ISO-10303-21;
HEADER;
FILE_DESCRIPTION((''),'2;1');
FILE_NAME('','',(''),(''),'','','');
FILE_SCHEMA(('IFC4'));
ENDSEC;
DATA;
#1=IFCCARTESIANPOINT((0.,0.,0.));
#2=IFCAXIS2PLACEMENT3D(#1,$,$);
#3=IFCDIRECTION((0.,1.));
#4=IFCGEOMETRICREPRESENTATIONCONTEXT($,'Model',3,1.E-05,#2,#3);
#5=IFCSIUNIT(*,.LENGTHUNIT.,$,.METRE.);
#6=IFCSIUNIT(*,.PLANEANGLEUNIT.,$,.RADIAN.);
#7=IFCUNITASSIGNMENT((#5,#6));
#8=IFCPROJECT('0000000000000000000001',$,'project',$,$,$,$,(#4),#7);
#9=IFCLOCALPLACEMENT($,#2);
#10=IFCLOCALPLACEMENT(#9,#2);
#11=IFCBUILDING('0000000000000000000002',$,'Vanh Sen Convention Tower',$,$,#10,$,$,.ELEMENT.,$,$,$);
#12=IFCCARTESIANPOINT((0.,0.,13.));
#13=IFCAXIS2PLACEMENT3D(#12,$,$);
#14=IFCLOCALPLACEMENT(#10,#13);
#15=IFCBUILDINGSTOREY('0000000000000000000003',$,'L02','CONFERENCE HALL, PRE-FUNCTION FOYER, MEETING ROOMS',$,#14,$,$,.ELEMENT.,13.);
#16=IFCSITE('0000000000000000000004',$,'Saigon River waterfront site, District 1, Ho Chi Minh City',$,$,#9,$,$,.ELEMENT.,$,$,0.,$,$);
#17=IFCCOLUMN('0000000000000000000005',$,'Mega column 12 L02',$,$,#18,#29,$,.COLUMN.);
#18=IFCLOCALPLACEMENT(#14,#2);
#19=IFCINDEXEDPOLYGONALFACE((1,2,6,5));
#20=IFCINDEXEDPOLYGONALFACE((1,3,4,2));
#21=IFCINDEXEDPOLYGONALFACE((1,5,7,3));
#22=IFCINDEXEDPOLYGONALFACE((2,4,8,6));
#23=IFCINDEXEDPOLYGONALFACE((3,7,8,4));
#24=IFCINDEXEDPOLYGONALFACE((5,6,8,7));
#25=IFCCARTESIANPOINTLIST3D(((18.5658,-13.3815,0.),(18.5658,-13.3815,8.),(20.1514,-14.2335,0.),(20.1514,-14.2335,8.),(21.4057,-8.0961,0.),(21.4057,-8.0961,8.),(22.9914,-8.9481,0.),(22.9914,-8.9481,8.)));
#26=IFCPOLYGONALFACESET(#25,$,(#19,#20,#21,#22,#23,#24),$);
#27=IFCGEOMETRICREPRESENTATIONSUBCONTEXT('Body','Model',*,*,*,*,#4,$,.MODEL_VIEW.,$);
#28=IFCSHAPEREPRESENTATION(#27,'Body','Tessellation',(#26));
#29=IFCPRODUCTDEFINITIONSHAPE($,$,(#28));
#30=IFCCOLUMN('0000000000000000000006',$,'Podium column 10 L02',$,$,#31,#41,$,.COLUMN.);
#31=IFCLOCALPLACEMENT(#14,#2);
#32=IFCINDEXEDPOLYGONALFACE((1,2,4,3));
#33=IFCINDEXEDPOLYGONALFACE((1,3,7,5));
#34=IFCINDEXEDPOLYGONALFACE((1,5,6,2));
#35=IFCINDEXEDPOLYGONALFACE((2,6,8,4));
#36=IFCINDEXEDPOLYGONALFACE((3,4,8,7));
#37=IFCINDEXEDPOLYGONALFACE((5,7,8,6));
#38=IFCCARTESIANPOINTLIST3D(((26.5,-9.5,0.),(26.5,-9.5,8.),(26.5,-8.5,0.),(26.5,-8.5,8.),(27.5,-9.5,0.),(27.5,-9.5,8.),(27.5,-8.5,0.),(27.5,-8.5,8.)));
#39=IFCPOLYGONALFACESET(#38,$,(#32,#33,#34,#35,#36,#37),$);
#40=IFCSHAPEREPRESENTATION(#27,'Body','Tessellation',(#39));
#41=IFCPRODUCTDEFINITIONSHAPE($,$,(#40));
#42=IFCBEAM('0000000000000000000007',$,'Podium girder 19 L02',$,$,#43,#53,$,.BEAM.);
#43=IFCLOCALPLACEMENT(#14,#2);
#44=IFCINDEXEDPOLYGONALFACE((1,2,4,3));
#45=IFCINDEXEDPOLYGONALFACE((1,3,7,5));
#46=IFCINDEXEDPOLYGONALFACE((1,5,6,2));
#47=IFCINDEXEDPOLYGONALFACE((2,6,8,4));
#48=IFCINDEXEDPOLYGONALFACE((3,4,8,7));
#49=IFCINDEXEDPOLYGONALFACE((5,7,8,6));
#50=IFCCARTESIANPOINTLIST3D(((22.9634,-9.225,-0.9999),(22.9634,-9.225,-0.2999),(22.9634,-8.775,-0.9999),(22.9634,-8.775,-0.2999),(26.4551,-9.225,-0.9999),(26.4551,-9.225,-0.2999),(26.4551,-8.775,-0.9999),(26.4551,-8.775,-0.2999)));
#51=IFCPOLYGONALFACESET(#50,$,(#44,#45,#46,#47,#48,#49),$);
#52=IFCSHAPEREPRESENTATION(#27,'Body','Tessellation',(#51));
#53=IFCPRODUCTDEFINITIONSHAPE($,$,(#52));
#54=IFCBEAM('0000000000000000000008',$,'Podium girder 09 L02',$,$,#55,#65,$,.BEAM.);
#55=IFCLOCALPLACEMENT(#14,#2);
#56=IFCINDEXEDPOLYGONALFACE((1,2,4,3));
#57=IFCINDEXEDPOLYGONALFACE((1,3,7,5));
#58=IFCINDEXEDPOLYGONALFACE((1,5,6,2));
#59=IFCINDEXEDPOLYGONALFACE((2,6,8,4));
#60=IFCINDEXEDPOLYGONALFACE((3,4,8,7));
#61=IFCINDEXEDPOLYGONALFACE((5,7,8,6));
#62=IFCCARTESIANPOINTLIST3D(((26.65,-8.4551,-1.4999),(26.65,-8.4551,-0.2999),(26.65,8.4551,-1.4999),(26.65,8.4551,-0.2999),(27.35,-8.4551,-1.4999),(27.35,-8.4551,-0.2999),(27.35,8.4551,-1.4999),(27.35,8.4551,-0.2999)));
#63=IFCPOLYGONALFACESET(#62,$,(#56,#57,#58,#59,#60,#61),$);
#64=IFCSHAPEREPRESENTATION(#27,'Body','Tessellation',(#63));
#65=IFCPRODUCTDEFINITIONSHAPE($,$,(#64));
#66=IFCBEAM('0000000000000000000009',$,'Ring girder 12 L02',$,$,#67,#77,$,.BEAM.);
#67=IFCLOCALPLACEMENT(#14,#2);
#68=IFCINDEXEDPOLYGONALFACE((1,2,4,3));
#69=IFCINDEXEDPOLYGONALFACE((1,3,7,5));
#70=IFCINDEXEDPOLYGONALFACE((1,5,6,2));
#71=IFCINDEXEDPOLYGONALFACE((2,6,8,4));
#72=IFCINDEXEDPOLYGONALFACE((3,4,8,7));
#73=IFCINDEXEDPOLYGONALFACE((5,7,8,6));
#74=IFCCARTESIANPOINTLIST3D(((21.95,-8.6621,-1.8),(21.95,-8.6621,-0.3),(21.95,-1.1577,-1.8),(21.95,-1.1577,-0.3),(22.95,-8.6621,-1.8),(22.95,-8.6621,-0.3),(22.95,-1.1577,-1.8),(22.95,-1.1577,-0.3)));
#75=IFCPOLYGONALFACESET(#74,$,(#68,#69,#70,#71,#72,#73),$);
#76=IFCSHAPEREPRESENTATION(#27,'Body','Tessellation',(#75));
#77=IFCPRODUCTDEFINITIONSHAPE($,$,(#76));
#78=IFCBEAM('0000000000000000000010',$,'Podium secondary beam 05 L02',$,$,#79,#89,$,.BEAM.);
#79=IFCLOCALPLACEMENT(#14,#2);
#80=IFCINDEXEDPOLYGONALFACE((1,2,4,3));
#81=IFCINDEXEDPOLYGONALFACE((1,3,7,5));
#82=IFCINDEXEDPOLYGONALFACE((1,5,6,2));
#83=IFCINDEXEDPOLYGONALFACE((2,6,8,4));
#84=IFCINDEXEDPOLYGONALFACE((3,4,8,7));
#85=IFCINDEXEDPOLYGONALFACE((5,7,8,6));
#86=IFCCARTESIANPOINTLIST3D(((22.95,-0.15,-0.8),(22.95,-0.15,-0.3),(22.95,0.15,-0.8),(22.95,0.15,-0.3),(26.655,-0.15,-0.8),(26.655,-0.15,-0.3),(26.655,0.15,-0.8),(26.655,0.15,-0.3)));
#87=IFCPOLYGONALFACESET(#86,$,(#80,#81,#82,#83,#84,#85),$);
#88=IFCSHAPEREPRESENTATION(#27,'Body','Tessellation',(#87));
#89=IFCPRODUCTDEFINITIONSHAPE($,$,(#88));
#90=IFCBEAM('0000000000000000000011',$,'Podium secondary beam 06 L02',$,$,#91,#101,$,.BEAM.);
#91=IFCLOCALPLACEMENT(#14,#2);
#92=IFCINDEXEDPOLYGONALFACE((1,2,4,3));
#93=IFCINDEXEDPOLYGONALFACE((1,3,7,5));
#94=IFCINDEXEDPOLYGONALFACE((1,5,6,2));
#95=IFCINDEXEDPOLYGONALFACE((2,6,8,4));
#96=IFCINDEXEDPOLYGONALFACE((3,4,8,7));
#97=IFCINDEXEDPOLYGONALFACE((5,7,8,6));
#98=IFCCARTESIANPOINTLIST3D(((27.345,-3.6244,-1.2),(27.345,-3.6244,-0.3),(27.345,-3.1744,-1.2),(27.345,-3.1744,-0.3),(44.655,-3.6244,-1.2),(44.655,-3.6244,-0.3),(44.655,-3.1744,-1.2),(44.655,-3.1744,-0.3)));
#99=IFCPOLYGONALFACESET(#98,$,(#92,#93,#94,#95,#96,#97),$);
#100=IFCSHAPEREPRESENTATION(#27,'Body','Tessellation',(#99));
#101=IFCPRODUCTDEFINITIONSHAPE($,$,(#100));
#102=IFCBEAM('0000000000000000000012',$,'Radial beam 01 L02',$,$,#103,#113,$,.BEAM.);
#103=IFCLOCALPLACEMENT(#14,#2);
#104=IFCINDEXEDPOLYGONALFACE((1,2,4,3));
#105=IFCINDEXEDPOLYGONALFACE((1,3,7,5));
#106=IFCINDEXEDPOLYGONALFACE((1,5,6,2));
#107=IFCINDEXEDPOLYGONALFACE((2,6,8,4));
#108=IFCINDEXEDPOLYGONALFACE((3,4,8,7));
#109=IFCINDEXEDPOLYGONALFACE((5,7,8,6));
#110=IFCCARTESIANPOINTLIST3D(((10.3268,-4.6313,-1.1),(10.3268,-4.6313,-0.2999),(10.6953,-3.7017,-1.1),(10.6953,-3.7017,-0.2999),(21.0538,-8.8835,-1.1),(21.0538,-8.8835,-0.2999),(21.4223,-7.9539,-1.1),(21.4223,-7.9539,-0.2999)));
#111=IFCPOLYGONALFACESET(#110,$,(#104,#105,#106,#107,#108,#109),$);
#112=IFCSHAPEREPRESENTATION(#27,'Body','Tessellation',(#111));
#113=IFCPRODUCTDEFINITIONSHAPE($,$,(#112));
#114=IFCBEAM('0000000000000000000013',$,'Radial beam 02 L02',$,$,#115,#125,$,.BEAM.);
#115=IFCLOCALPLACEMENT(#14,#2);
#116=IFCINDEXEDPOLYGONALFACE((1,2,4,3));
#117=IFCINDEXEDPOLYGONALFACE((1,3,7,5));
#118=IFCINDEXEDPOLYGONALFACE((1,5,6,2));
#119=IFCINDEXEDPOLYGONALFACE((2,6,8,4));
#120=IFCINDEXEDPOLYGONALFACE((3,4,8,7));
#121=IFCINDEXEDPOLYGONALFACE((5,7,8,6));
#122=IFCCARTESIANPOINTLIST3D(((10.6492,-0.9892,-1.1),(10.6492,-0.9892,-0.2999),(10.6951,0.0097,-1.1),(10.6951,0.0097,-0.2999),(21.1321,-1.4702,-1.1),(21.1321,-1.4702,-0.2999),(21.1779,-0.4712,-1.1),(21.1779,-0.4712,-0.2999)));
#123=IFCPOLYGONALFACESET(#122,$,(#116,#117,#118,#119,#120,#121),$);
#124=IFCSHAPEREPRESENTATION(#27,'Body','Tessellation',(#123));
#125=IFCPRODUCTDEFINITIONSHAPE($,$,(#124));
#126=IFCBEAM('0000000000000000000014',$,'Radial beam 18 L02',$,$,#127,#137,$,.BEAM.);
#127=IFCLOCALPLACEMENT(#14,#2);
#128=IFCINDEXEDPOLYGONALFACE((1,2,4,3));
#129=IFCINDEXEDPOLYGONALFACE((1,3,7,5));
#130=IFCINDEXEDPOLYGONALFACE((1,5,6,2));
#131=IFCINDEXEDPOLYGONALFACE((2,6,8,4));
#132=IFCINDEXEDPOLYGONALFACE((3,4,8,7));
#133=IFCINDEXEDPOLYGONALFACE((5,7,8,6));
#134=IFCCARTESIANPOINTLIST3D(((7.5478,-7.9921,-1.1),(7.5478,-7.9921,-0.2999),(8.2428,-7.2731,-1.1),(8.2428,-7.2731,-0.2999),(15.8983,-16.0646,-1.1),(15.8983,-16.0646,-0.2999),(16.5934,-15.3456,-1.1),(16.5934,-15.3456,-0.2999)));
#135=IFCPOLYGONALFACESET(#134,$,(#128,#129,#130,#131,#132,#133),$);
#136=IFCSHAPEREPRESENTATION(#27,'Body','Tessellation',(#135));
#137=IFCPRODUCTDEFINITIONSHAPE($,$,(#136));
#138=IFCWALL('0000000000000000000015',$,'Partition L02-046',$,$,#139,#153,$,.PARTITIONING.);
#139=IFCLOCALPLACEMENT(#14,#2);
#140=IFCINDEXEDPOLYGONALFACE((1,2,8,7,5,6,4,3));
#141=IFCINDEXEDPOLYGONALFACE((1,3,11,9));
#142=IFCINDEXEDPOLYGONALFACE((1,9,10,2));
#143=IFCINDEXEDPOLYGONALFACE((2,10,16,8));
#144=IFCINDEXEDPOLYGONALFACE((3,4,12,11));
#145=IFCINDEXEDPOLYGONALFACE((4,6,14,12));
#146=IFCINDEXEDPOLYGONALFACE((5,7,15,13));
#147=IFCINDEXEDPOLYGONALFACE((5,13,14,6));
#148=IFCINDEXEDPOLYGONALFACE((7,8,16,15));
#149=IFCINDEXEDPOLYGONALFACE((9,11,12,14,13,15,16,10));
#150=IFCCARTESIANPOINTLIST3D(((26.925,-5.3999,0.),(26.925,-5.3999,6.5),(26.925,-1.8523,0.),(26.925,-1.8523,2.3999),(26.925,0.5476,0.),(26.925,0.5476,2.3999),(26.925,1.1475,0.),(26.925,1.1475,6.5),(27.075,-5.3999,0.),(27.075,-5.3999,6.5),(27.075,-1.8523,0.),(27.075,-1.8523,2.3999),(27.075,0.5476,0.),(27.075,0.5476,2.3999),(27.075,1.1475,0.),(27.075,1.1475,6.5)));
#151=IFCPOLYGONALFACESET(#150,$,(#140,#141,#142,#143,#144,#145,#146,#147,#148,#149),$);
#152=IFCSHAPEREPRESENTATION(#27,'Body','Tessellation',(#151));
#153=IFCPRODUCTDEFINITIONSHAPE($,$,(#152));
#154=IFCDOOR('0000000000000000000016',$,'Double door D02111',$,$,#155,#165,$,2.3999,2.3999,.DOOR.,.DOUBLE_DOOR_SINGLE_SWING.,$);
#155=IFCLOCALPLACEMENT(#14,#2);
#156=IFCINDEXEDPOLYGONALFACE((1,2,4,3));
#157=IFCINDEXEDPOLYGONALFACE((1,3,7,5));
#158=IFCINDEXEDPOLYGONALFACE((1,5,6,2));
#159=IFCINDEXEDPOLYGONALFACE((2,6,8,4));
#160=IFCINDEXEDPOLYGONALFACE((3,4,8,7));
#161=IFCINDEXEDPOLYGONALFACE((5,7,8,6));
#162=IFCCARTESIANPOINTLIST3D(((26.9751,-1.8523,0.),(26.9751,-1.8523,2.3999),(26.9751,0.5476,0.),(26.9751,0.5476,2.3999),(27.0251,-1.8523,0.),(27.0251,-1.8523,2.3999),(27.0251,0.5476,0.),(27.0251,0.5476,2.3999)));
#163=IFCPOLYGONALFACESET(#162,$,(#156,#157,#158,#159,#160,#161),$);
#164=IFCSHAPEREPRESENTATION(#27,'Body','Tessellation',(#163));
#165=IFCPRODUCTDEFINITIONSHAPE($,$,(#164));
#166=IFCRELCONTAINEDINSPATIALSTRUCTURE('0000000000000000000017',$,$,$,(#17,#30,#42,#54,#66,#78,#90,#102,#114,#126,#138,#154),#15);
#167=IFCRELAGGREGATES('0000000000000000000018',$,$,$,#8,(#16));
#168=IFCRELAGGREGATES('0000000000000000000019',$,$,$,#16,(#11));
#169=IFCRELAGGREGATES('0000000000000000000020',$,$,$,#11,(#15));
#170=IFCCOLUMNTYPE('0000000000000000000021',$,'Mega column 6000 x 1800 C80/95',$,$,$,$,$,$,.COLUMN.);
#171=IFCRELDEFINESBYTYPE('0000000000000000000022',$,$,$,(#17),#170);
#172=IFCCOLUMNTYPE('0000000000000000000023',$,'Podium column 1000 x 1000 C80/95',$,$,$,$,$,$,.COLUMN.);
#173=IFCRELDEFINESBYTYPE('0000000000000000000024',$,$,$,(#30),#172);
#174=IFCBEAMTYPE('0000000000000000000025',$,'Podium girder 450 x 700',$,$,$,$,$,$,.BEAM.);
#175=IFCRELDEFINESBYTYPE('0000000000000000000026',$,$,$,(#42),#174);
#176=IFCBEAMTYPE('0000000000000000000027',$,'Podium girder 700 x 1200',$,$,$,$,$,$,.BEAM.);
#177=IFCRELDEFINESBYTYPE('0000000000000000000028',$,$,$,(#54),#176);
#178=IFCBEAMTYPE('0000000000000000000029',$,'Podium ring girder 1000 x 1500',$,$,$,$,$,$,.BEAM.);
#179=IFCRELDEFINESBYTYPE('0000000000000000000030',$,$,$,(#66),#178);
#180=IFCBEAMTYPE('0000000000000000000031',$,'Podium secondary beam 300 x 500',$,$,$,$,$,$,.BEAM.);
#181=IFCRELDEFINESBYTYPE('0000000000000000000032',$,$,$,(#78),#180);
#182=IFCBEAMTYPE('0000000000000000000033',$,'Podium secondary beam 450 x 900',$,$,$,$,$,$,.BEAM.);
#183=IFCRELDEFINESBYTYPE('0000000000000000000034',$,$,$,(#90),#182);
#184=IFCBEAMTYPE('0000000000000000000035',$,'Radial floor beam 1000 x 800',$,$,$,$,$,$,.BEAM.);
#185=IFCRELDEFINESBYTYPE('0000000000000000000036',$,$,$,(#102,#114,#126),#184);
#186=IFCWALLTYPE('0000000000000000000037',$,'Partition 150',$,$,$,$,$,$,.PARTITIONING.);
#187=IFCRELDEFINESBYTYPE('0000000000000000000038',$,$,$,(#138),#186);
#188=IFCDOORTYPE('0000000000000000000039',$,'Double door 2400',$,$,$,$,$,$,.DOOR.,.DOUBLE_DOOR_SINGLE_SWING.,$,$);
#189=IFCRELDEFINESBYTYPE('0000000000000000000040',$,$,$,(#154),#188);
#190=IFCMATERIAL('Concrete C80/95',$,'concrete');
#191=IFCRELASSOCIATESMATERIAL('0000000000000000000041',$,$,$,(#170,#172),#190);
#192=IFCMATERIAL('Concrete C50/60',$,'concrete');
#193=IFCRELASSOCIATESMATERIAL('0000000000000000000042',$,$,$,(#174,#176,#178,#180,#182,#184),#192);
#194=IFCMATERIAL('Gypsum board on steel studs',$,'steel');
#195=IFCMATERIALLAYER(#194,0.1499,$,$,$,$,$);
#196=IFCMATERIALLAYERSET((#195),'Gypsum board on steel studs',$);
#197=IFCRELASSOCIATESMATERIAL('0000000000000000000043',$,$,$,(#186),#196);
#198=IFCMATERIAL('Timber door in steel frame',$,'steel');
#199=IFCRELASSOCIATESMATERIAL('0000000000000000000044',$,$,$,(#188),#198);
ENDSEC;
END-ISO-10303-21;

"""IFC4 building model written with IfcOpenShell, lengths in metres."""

from ifc_helpers import new_model, si_unit, direction, frame, frame_2d, origin, origin_2d, place, context, subcontext, project, spatial, rectangle, extrude, material, layer, layer_set, material_profile, profile_set, type_object, element, fill, save


model = new_model("IFC4")

# Units and contexts
model_context = context("Model", 3, precision=1e-05, world=origin(), true_north=direction((0.0, 1.0)))
body_context = subcontext(model_context, "Body", "Model", "MODEL_VIEW")
ifc_project = project(units=[si_unit("LENGTHUNIT", "METRE"), si_unit("PLANEANGLEUNIT", "RADIAN")], contexts=[model_context])

# Site, building, storey
site_placement = place(None, origin())
site = spatial("IfcSite", under=ifc_project, at=site_placement, Name="Saigon River waterfront site, District 1, Ho Chi Minh City", CompositionType="ELEMENT", RefElevation=0.0)
building_placement = place(site_placement, origin())
building = spatial("IfcBuilding", under=site, at=building_placement, Name="Vanh Sen Convention Tower", CompositionType="ELEMENT")
storey_placement = place(building_placement, frame((0.0, 0.0, 13.0)))
storey = spatial("IfcBuildingStorey", under=building, at=storey_placement, Name="L02", Description="CONFERENCE HALL, PRE-FUNCTION FOYER, MEETING ROOMS", CompositionType="ELEMENT", Elevation=13.0)

# Columns
ifc_material_1 = material(Name="Concrete C80/95", Category="concrete")
ifc_material_profile_1 = material_profile(ifc_material_1, rectangle(XDim=6.0, YDim=1.8, at=origin_2d()), Name="RC 6000X1800")
ifc_profile_set_1 = profile_set([ifc_material_profile_1], Name="Concrete C80/95")
column_type_1 = type_object("IfcColumnType", Name="Mega column 6000 x 1800 C80/95", PredefinedType="COLUMN", material=ifc_profile_set_1)
column_1_placement = place(storey_placement, frame((20.7786, -11.1648, 0.0), z_axis=(0.0, 0.0, 1.0), x_axis=(0.473323, 0.880889, 0.0)))
element("IfcColumn", 1, at=column_1_placement, inside=storey, type_object=column_type_1, Name="Mega column 12 L02", PredefinedType="COLUMN", context=body_context, shape_type="SweptSolid", body=[
    extrude(rectangle(XDim=6.0, YDim=1.8, at=origin_2d()), origin(), (0.0, 0.0, 1.0), 8.0),
])
ifc_material_profile_2 = material_profile(ifc_material_1, rectangle(XDim=1.0, YDim=1.0, at=origin_2d()), Name="RC 1000X1000")
ifc_profile_set_2 = profile_set([ifc_material_profile_2], Name="Concrete C80/95")
column_type_2 = type_object("IfcColumnType", Name="Podium column 1000 x 1000 C80/95", PredefinedType="COLUMN", material=ifc_profile_set_2)
column_2_placement = place(storey_placement, frame((27.0, -9.0, 0.0), z_axis=(0.0, 0.0, 1.0), x_axis=(1.0, 0.0, 0.0)))
element("IfcColumn", 2, at=column_2_placement, inside=storey, type_object=column_type_2, Name="Podium column 10 L02", PredefinedType="COLUMN", context=body_context, shape_type="SweptSolid", body=[
    extrude(rectangle(XDim=1.0, YDim=1.0, at=origin_2d()), origin(), (0.0, 0.0, 1.0), 8.0),
])

# Beams
ifc_material_2 = material(Name="Concrete C50/60", Category="concrete")
ifc_material_profile_3 = material_profile(ifc_material_2, rectangle(XDim=0.45, YDim=0.7, at=origin_2d()), Name="RC 450X700")
ifc_profile_set_3 = profile_set([ifc_material_profile_3], Name="Concrete C50/60")
beam_type_1 = type_object("IfcBeamType", Name="Podium girder 450 x 700", PredefinedType="BEAM", material=ifc_profile_set_3)
beam_1_placement = place(storey_placement, frame((22.9634, -9.0, -0.6499), z_axis=(1.0, 0.0, 0.0), x_axis=(0.0, 1.0, 0.0)))
element("IfcBeam", 3, at=beam_1_placement, inside=storey, type_object=beam_type_1, Name="Podium girder 19 L02", PredefinedType="BEAM", context=body_context, shape_type="SweptSolid", body=[
    extrude(rectangle(XDim=0.45, YDim=0.7, at=origin_2d()), origin(), (0.0, 0.0, 1.0), 3.4917),
])
ifc_material_profile_4 = material_profile(ifc_material_2, rectangle(XDim=0.7, YDim=1.2, at=origin_2d()), Name="RC 700X1200")
ifc_profile_set_4 = profile_set([ifc_material_profile_4], Name="Concrete C50/60")
beam_type_2 = type_object("IfcBeamType", Name="Podium girder 700 x 1200", PredefinedType="BEAM", material=ifc_profile_set_4)
beam_2_placement = place(storey_placement, frame((27.0, -8.4551, -0.8999), z_axis=(0.0, 1.0, 0.0), x_axis=(-1.0, 0.0, 0.0)))
element("IfcBeam", 4, at=beam_2_placement, inside=storey, type_object=beam_type_2, Name="Podium girder 09 L02", PredefinedType="BEAM", context=body_context, shape_type="SweptSolid", body=[
    extrude(rectangle(XDim=0.7, YDim=1.2, at=origin_2d()), origin(), (0.0, 0.0, 1.0), 16.9102),
])
ifc_material_profile_5 = material_profile(ifc_material_2, rectangle(XDim=1.0, YDim=1.5, at=origin_2d()), Name="RC 1000X1500")
ifc_profile_set_5 = profile_set([ifc_material_profile_5], Name="Concrete C50/60")
beam_type_3 = type_object("IfcBeamType", Name="Podium ring girder 1000 x 1500", PredefinedType="BEAM", material=ifc_profile_set_5)
beam_3_placement = place(storey_placement, frame((22.45, -8.6621, -1.05), z_axis=(0.0, 1.0, 0.0), x_axis=(-1.0, 0.0, 0.0)))
element("IfcBeam", 5, at=beam_3_placement, inside=storey, type_object=beam_type_3, Name="Ring girder 12 L02", PredefinedType="BEAM", context=body_context, shape_type="SweptSolid", body=[
    extrude(rectangle(XDim=1.0, YDim=1.5, at=origin_2d()), origin(), (0.0, 0.0, 1.0), 7.5044),
])
ifc_material_profile_6 = material_profile(ifc_material_2, rectangle(XDim=0.3, YDim=0.5, at=origin_2d()), Name="RC 300X500")
ifc_profile_set_6 = profile_set([ifc_material_profile_6], Name="Concrete C50/60")
beam_type_4 = type_object("IfcBeamType", Name="Podium secondary beam 300 x 500", PredefinedType="BEAM", material=ifc_profile_set_6)
beam_4_placement = place(storey_placement, frame((22.95, 0.0, -0.55), z_axis=(1.0, 0.0, 0.0), x_axis=(0.0, 1.0, 0.0)))
element("IfcBeam", 6, at=beam_4_placement, inside=storey, type_object=beam_type_4, Name="Podium secondary beam 05 L02", PredefinedType="BEAM", context=body_context, shape_type="SweptSolid", body=[
    extrude(rectangle(XDim=0.3, YDim=0.5, at=origin_2d()), origin(), (0.0, 0.0, 1.0), 3.7051),
])
ifc_material_profile_7 = material_profile(ifc_material_2, rectangle(XDim=0.45, YDim=0.8999, at=origin_2d()), Name="RC 450X900")
ifc_profile_set_7 = profile_set([ifc_material_profile_7], Name="Concrete C50/60")
beam_type_5 = type_object("IfcBeamType", Name="Podium secondary beam 450 x 900", PredefinedType="BEAM", material=ifc_profile_set_7)
beam_5_placement = place(storey_placement, frame((27.345, -3.3994, -0.75), z_axis=(1.0, 0.0, 0.0), x_axis=(0.0, 1.0, 0.0)))
element("IfcBeam", 7, at=beam_5_placement, inside=storey, type_object=beam_type_5, Name="Podium secondary beam 06 L02", PredefinedType="BEAM", context=body_context, shape_type="SweptSolid", body=[
    extrude(rectangle(XDim=0.45, YDim=0.8999, at=origin_2d()), origin(), (0.0, 0.0, 1.0), 17.3101),
])
ifc_material_profile_8 = material_profile(ifc_material_2, rectangle(XDim=1.0, YDim=0.8, at=origin_2d()), Name="RC 1000X800")
ifc_profile_set_8 = profile_set([ifc_material_profile_8], Name="Concrete C50/60")
beam_type_6 = type_object("IfcBeamType", Name="Radial floor beam 1000 x 800", PredefinedType="BEAM", material=ifc_profile_set_8)
beam_6_placement = place(storey_placement, frame((21.238, -8.4187, -0.7), z_axis=(-0.929626, 0.368503, 0.0), x_axis=(-0.368503, -0.929626, 0.0)))
element("IfcBeam", 8, at=beam_6_placement, inside=storey, type_object=beam_type_6, Name="Radial beam 01 L02", PredefinedType="BEAM", context=body_context, shape_type="SweptSolid", body=[
    extrude(rectangle(XDim=1.0, YDim=0.8, at=origin_2d()), origin(), (0.0, 0.0, 1.0), 11.5391),
])
beam_7_placement = place(storey_placement, frame((21.155, -0.9707, -0.7), z_axis=(-0.998949, 0.045832, 0.0), x_axis=(-0.045832, -0.998949, 0.0)))
element("IfcBeam", 9, at=beam_7_placement, inside=storey, type_object=beam_type_6, Name="Radial beam 02 L02", PredefinedType="BEAM", context=body_context, shape_type="SweptSolid", body=[
    extrude(rectangle(XDim=1.0, YDim=0.8, at=origin_2d()), origin(), (0.0, 0.0, 1.0), 10.4939),
])
beam_8_placement = place(storey_placement, frame((16.2458, -15.7051, -0.7), z_axis=(-0.718976, 0.695034, 0.0), x_axis=(-0.695034, -0.718976, 0.0)))
element("IfcBeam", 10, at=beam_8_placement, inside=storey, type_object=beam_type_6, Name="Radial beam 18 L02", PredefinedType="BEAM", context=body_context, shape_type="SweptSolid", body=[
    extrude(rectangle(XDim=1.0, YDim=0.8, at=origin_2d()), origin(), (0.0, 0.0, 1.0), 11.6145),
])

# Wall, opening, door
ifc_material_3 = material(Name="Gypsum board on steel studs", Category="steel")
ifc_layer_1 = layer(ifc_material_3, 0.1499)
ifc_layer_set_1 = layer_set([ifc_layer_1], Name="Gypsum board on steel studs")
wall_type_1 = type_object("IfcWallType", Name="Partition 150", PredefinedType="PARTITIONING", material=ifc_layer_set_1)
wall_1_placement = place(storey_placement, frame((27.0, -5.3999, 0.0), z_axis=(0.0, 0.0, 1.0), x_axis=(0.0, 1.0, 0.0)))
wall_1 = element("IfcWall", 11, at=wall_1_placement, inside=storey, type_object=wall_type_1, Name="Partition L02-046", PredefinedType="PARTITIONING", context=body_context, shape_type="SweptSolid", body=[
    extrude(rectangle(XDim=6.5474, YDim=0.1499, at=frame_2d((3.2737, 0.0))), origin(), (0.0, 0.0, 1.0), 6.5),
])
opening_1_placement = place(wall_1_placement, frame((3.5476, 0.0, 0.0)))
opening_1 = element("IfcOpeningElement", 12, at=opening_1_placement, cuts=wall_1, PredefinedType="OPENING", context=body_context, shape_type="SweptSolid", body=[
    extrude(rectangle(XDim=2.3999, YDim=2.3999, at=frame_2d((1.2, 1.2))), frame((0.0, 0.085, 0.0), z_axis=(0.0, -1.0, 0.0), x_axis=(1.0, 0.0, 0.0)), (0.0, 0.0, 1.0), 0.1699),
])
ifc_material_4 = material(Name="Timber door in steel frame", Category="steel")
door_type_1 = type_object("IfcDoorType", Name="Double door 2400", OperationType="DOUBLE_DOOR_SINGLE_SWING", PredefinedType="DOOR", material=ifc_material_4)
door_1_placement = place(opening_1_placement, origin())
door_1 = element("IfcDoor", 13, at=door_1_placement, inside=storey, type_object=door_type_1, Name="Double door D02111", OperationType="DOUBLE_DOOR_SINGLE_SWING", OverallHeight=2.3999, OverallWidth=2.3999, PredefinedType="DOOR", context=body_context, shape_type="SweptSolid", body=[
    extrude(rectangle(XDim=2.3999, YDim=2.3999, at=frame_2d((1.2, 1.2))), frame((0.0, 0.0249, 0.0), z_axis=(0.0, -1.0, 0.0), x_axis=(1.0, 0.0, 0.0)), (0.0, 0.0, 1.0), 0.05),
])
fill(opening_1, door_1)

save(model, "model.ifc")
